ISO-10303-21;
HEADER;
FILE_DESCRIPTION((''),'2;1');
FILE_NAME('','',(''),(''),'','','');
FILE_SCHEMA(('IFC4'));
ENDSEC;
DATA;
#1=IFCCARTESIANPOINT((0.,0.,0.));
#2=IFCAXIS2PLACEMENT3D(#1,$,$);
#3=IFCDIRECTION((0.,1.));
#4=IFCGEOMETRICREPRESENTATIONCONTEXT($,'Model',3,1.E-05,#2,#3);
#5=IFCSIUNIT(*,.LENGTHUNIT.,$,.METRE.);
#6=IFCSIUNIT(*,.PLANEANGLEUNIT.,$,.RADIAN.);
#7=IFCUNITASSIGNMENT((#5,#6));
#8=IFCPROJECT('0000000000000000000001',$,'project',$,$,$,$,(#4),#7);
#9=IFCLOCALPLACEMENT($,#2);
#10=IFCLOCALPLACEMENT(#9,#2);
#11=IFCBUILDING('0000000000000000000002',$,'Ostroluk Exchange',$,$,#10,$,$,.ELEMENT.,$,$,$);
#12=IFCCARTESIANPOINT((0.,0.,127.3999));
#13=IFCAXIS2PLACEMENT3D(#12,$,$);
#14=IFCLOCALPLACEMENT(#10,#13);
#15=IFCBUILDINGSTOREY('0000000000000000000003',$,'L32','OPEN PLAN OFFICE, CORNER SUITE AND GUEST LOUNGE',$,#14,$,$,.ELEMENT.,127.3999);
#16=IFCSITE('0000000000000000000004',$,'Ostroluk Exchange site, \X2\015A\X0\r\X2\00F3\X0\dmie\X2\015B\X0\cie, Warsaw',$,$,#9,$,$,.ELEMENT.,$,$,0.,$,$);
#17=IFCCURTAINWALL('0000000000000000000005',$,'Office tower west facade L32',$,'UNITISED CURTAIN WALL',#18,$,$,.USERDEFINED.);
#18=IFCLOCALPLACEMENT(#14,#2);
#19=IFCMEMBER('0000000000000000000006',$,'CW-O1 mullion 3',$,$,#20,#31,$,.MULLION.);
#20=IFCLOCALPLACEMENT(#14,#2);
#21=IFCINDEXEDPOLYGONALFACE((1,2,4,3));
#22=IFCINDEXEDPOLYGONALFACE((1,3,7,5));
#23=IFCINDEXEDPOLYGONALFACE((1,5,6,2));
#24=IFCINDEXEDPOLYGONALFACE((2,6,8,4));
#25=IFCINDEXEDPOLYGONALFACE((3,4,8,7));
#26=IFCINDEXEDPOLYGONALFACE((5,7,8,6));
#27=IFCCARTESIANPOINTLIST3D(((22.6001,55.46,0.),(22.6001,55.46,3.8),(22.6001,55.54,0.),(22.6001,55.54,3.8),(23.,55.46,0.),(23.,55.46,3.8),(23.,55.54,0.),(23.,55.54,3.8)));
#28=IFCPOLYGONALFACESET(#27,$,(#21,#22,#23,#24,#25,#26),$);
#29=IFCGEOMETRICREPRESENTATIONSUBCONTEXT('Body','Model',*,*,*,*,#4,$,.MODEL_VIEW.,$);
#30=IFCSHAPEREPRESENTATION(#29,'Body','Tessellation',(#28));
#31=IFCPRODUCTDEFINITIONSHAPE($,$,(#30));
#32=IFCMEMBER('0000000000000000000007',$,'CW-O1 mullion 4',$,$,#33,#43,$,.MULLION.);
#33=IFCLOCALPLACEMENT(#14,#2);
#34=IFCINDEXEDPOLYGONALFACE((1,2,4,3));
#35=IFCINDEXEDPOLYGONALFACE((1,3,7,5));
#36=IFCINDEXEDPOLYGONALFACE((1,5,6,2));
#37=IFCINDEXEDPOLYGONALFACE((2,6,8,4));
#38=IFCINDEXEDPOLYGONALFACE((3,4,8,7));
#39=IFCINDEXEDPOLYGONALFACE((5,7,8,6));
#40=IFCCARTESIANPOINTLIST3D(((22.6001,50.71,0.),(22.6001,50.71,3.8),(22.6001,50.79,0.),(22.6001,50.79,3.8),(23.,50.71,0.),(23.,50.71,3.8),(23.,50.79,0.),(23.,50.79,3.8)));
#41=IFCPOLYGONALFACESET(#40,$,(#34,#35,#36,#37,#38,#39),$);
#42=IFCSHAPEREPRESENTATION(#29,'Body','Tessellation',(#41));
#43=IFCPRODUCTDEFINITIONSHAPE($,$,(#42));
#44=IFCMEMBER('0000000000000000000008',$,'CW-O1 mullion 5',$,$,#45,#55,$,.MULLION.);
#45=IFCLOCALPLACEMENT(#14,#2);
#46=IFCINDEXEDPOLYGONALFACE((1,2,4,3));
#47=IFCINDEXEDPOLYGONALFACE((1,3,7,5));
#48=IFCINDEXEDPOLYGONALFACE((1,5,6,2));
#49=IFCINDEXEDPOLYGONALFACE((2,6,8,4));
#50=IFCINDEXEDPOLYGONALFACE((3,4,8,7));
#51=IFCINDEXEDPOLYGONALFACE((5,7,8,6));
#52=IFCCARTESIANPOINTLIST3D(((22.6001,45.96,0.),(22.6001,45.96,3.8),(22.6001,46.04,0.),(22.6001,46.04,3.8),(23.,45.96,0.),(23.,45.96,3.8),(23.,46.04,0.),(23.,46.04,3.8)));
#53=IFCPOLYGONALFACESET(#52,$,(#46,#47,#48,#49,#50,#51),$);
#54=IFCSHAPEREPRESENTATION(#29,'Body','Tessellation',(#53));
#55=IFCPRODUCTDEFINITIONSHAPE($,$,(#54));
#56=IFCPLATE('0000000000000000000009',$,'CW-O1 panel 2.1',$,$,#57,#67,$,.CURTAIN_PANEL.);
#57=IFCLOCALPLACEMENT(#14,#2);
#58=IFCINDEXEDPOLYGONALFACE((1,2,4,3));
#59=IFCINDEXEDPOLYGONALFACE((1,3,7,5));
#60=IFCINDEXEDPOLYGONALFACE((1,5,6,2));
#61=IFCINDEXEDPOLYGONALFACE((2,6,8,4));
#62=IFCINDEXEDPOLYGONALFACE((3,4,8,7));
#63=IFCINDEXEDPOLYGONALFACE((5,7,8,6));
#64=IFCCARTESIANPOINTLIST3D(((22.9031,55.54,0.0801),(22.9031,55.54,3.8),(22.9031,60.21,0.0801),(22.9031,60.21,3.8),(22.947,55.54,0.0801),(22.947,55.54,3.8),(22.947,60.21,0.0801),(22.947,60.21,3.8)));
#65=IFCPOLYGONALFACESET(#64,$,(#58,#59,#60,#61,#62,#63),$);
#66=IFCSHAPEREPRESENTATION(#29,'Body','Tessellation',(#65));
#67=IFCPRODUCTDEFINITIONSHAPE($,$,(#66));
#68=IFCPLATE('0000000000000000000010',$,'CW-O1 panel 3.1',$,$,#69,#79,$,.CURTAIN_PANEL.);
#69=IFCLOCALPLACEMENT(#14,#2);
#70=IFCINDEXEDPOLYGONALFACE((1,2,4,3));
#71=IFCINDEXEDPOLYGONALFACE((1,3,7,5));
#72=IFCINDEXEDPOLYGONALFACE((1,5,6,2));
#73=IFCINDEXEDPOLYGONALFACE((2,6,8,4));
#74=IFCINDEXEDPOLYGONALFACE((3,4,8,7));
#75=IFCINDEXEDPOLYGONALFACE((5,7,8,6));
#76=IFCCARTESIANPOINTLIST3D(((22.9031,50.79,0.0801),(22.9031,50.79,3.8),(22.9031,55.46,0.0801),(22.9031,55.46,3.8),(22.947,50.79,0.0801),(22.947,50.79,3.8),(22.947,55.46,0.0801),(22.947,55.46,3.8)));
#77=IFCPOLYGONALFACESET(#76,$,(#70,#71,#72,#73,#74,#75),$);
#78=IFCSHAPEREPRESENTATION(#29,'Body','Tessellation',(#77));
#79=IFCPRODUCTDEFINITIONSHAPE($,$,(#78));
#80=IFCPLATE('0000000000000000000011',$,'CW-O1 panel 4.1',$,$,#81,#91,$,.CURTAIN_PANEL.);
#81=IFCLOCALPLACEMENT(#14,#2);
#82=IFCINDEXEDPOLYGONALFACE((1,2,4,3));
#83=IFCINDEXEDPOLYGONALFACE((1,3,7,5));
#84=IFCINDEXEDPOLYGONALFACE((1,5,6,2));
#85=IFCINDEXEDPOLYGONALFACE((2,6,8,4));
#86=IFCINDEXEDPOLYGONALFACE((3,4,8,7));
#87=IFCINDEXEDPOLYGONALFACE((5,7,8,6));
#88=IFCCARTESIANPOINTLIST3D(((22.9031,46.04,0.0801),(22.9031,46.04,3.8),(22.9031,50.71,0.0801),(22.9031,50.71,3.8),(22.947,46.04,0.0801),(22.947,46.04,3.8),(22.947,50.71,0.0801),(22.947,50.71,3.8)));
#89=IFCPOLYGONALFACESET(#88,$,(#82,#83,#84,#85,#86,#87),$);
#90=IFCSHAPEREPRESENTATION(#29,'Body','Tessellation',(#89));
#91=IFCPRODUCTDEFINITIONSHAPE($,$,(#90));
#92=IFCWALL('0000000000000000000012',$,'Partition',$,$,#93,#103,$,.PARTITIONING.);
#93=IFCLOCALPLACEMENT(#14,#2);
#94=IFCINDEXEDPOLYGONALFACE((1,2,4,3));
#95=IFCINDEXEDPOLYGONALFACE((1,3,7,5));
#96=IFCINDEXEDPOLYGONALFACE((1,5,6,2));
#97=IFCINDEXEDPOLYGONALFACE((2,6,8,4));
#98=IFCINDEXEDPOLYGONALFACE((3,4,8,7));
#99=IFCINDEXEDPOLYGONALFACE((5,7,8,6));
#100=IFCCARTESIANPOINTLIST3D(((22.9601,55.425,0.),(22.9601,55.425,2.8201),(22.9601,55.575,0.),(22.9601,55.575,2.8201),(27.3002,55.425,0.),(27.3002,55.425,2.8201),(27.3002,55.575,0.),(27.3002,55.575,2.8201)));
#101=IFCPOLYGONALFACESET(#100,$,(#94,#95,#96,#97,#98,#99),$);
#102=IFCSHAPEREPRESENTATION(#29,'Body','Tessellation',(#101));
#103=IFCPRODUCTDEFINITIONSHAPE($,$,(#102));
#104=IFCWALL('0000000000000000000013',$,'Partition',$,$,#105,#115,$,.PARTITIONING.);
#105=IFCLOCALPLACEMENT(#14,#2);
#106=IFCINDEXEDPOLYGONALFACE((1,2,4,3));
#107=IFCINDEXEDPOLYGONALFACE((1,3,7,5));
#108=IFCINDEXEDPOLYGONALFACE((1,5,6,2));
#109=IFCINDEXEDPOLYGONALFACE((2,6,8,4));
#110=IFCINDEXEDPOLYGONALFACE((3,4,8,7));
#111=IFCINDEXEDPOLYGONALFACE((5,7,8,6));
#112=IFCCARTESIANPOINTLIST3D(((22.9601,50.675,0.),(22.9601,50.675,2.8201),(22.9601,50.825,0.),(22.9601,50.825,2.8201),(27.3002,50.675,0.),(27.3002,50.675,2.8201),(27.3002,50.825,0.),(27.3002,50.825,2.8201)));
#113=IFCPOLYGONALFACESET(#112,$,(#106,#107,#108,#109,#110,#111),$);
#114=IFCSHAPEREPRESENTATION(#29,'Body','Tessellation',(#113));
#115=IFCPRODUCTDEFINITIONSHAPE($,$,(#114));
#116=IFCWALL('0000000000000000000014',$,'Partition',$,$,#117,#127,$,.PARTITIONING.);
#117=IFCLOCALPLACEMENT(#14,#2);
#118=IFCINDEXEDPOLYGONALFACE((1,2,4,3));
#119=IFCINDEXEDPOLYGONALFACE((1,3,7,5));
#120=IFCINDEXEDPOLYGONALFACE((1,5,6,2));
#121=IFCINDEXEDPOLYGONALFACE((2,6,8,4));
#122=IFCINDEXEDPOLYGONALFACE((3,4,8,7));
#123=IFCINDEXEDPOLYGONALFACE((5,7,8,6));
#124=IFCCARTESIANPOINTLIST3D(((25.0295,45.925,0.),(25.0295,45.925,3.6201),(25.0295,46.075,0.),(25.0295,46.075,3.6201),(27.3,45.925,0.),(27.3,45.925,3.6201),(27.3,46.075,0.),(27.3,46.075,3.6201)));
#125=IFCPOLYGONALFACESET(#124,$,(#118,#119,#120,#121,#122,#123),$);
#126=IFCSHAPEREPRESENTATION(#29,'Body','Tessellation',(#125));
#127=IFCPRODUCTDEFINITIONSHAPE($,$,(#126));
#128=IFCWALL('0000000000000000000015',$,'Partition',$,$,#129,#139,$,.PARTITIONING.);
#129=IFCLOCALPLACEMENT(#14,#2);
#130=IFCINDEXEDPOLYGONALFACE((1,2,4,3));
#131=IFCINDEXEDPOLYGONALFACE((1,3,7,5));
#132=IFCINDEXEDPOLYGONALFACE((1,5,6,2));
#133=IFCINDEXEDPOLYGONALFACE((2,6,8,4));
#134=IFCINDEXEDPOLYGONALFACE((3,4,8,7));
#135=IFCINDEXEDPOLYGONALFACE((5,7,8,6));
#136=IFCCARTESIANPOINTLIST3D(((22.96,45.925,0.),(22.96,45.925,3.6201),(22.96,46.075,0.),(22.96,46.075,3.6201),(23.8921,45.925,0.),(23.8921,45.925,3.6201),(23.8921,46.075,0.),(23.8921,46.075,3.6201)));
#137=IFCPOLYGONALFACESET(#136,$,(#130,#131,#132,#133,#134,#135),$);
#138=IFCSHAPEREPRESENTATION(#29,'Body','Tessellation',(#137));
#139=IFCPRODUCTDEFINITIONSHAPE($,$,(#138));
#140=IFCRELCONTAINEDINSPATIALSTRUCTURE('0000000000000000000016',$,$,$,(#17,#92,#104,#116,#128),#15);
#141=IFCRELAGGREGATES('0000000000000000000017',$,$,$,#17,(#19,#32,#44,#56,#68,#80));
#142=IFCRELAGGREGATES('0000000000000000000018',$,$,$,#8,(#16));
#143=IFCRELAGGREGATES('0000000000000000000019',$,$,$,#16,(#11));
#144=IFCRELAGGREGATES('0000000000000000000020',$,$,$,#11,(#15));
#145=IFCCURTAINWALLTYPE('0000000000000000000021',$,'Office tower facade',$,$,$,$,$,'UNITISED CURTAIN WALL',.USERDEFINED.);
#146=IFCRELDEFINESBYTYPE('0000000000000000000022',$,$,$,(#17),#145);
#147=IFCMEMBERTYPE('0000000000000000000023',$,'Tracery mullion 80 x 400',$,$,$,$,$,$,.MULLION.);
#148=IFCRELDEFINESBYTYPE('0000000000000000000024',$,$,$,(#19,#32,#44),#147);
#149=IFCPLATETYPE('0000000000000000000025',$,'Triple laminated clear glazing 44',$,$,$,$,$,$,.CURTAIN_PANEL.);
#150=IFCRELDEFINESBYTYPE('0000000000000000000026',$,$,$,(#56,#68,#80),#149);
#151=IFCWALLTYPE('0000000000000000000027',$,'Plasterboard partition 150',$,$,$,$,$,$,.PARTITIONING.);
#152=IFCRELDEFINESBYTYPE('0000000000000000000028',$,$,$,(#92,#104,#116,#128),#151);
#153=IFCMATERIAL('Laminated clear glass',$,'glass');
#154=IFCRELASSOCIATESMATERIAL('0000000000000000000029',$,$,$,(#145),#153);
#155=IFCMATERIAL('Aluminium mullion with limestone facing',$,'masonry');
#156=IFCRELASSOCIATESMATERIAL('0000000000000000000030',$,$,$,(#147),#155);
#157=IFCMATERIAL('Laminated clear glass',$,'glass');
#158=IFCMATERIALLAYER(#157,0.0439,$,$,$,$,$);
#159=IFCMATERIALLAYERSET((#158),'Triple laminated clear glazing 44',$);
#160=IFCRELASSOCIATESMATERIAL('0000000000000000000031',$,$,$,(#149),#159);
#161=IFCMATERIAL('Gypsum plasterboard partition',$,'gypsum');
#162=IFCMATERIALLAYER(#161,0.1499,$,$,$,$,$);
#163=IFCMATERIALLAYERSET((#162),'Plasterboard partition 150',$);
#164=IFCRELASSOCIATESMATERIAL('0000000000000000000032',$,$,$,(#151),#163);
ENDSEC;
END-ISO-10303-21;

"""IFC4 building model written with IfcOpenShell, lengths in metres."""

from ifc_helpers import new_model, si_unit, direction, frame, frame_2d, origin, origin_2d, place, context, subcontext, project, spatial, rectangle, extrude, material, layer, layer_set, material_profile, profile_set, type_object, element, aggregate, save


model = new_model("IFC4")

# Units and contexts
model_context = context("Model", 3, precision=1e-05, world=origin(), true_north=direction((0.0, 1.0)))
body_context = subcontext(model_context, "Body", "Model", "MODEL_VIEW")
ifc_project = project(units=[si_unit("LENGTHUNIT", "METRE"), si_unit("PLANEANGLEUNIT", "RADIAN")], contexts=[model_context])

# Site, building, storey
site_placement = place(None, origin())
site = spatial("IfcSite", under=ifc_project, at=site_placement, Name="Ostroluk Exchange site, Śródmieście, Warsaw", CompositionType="ELEMENT", RefElevation=0.0)
building_placement = place(site_placement, origin())
building = spatial("IfcBuilding", under=site, at=building_placement, Name="Ostroluk Exchange", CompositionType="ELEMENT")
storey_placement = place(building_placement, frame((0.0, 0.0, 127.3999)))
storey = spatial("IfcBuildingStorey", under=building, at=storey_placement, Name="L32", Description="OPEN PLAN OFFICE, CORNER SUITE AND GUEST LOUNGE", CompositionType="ELEMENT", Elevation=127.3999)

# Curtain wall, members, plates
ifc_material_1 = material(Name="Laminated clear glass", Category="glass")
curtain_wall_type = type_object("IfcCurtainWallType", Name="Office tower facade", ElementType="UNITISED CURTAIN WALL", PredefinedType="USERDEFINED", material=ifc_material_1)
curtain_wall_placement = place(storey_placement, origin())
curtain_wall = element("IfcCurtainWall", 1, at=curtain_wall_placement, inside=storey, type_object=curtain_wall_type, Name="Office tower west facade L32", ObjectType="UNITISED CURTAIN WALL", PredefinedType="USERDEFINED")
ifc_material_2 = material(Name="Aluminium mullion with limestone facing", Category="masonry")
ifc_material_profile_1 = material_profile(ifc_material_2, rectangle(XDim=0.3999, YDim=0.0801, at=origin_2d()), Name="Tracery mullion 80 x 400")
ifc_profile_set_1 = profile_set([ifc_material_profile_1], Name="Aluminium mullion with limestone facing")
member_type_1 = type_object("IfcMemberType", Name="Tracery mullion 80 x 400", PredefinedType="MULLION", material=ifc_profile_set_1)
member_1_placement = place(storey_placement, frame((22.8, 55.5, 0.0), z_axis=(0.0, 0.0, 1.0), x_axis=(1.0, 0.0, 0.0)))
member_1 = element("IfcMember", 2, at=member_1_placement, type_object=member_type_1, Name="CW-O1 mullion 3", PredefinedType="MULLION", context=body_context, shape_type="SweptSolid", body=[
    extrude(rectangle(XDim=0.3999, YDim=0.0801, at=origin_2d()), origin(), (0.0, 0.0, 1.0), 3.8),
])
member_2_placement = place(storey_placement, frame((22.8, 50.75, 0.0), z_axis=(0.0, 0.0, 1.0), x_axis=(1.0, 0.0, 0.0)))
member_2 = element("IfcMember", 3, at=member_2_placement, type_object=member_type_1, Name="CW-O1 mullion 4", PredefinedType="MULLION", context=body_context, shape_type="SweptSolid", body=[
    extrude(rectangle(XDim=0.3999, YDim=0.0801, at=origin_2d()), origin(), (0.0, 0.0, 1.0), 3.8),
])
member_3_placement = place(storey_placement, frame((22.8, 46.0, 0.0), z_axis=(0.0, 0.0, 1.0), x_axis=(1.0, 0.0, 0.0)))
member_3 = element("IfcMember", 4, at=member_3_placement, type_object=member_type_1, Name="CW-O1 mullion 5", PredefinedType="MULLION", context=body_context, shape_type="SweptSolid", body=[
    extrude(rectangle(XDim=0.3999, YDim=0.0801, at=origin_2d()), origin(), (0.0, 0.0, 1.0), 3.8),
])
ifc_material_3 = material(Name="Laminated clear glass", Category="glass")
ifc_layer_1 = layer(ifc_material_3, 0.0439)
ifc_layer_set_1 = layer_set([ifc_layer_1], Name="Triple laminated clear glazing 44")
plate_type = type_object("IfcPlateType", Name="Triple laminated clear glazing 44", PredefinedType="CURTAIN_PANEL", material=ifc_layer_set_1)
plate_1_placement = place(storey_placement, frame((22.925, 57.875, 0.0801), z_axis=(0.0, 0.0, 1.0), x_axis=(0.0, -1.0, 0.0)))
plate_1 = element("IfcPlate", 5, at=plate_1_placement, type_object=plate_type, Name="CW-O1 panel 2.1", PredefinedType="CURTAIN_PANEL", context=body_context, shape_type="SweptSolid", body=[
    extrude(rectangle(XDim=4.6699, YDim=0.0439, at=origin_2d()), origin(), (0.0, 0.0, 1.0), 3.72),
])
plate_2_placement = place(storey_placement, frame((22.925, 53.125, 0.0801), z_axis=(0.0, 0.0, 1.0), x_axis=(0.0, -1.0, 0.0)))
plate_2 = element("IfcPlate", 6, at=plate_2_placement, type_object=plate_type, Name="CW-O1 panel 3.1", PredefinedType="CURTAIN_PANEL", context=body_context, shape_type="SweptSolid", body=[
    extrude(rectangle(XDim=4.6699, YDim=0.0439, at=origin_2d()), origin(), (0.0, 0.0, 1.0), 3.72),
])
plate_3_placement = place(storey_placement, frame((22.925, 48.375, 0.0801), z_axis=(0.0, 0.0, 1.0), x_axis=(0.0, -1.0, 0.0)))
plate_3 = element("IfcPlate", 7, at=plate_3_placement, type_object=plate_type, Name="CW-O1 panel 4.1", PredefinedType="CURTAIN_PANEL", context=body_context, shape_type="SweptSolid", body=[
    extrude(rectangle(XDim=4.6699, YDim=0.0439, at=origin_2d()), origin(), (0.0, 0.0, 1.0), 3.72),
])
aggregate(curtain_wall, [member_1, member_2, member_3, plate_1, plate_2, plate_3])

# Walls
ifc_material_4 = material(Name="Gypsum plasterboard partition", Category="gypsum")
ifc_layer_2 = layer(ifc_material_4, 0.1499)
ifc_layer_set_2 = layer_set([ifc_layer_2], Name="Plasterboard partition 150")
wall_type = type_object("IfcWallType", Name="Plasterboard partition 150", PredefinedType="PARTITIONING", material=ifc_layer_set_2)
for number, where, z_axis, x_axis, name in (
    (8, (27.3, 55.5, 0.0), (0.0, 0.0, 1.0), (-1.0, 0.0, 0.0), "Partition"),
    (9, (27.3, 50.75, 0.0), (0.0, 0.0, 1.0), (-1.0, 0.0, 0.0), "Partition"),
):
    element("IfcWall", number, at=place(storey_placement, frame(where, z_axis=z_axis, x_axis=x_axis)), inside=storey, type_object=wall_type, Name=name, PredefinedType="PARTITIONING", context=body_context, shape_type="SweptSolid", body=[
        extrude(rectangle(XDim=4.3401, YDim=0.1499, at=frame_2d((2.1699, 0.0))), origin(), (0.0, 0.0, 1.0), 2.8201),
    ])
wall_1_placement = place(storey_placement, frame((27.3, 46.0, 0.0), z_axis=(0.0, 0.0, 1.0), x_axis=(-1.0, 0.0, 0.0)))
element("IfcWall", 10, at=wall_1_placement, inside=storey, type_object=wall_type, Name="Partition", PredefinedType="PARTITIONING", context=body_context, shape_type="SweptSolid", body=[
    extrude(rectangle(XDim=2.2705, YDim=0.1499, at=frame_2d((1.1353, 0.0))), origin(), (0.0, 0.0, 1.0), 3.6201),
])
wall_2_placement = place(storey_placement, frame((23.8921, 46.0, 0.0), z_axis=(0.0, 0.0, 1.0), x_axis=(-1.0, 0.0, 0.0)))
element("IfcWall", 11, at=wall_2_placement, inside=storey, type_object=wall_type, Name="Partition", PredefinedType="PARTITIONING", context=body_context, shape_type="SweptSolid", body=[
    extrude(rectangle(XDim=0.9321, YDim=0.1499, at=frame_2d((0.4661, 0.0))), origin(), (0.0, 0.0, 1.0), 3.6201),
])

save(model, "model.ifc")
